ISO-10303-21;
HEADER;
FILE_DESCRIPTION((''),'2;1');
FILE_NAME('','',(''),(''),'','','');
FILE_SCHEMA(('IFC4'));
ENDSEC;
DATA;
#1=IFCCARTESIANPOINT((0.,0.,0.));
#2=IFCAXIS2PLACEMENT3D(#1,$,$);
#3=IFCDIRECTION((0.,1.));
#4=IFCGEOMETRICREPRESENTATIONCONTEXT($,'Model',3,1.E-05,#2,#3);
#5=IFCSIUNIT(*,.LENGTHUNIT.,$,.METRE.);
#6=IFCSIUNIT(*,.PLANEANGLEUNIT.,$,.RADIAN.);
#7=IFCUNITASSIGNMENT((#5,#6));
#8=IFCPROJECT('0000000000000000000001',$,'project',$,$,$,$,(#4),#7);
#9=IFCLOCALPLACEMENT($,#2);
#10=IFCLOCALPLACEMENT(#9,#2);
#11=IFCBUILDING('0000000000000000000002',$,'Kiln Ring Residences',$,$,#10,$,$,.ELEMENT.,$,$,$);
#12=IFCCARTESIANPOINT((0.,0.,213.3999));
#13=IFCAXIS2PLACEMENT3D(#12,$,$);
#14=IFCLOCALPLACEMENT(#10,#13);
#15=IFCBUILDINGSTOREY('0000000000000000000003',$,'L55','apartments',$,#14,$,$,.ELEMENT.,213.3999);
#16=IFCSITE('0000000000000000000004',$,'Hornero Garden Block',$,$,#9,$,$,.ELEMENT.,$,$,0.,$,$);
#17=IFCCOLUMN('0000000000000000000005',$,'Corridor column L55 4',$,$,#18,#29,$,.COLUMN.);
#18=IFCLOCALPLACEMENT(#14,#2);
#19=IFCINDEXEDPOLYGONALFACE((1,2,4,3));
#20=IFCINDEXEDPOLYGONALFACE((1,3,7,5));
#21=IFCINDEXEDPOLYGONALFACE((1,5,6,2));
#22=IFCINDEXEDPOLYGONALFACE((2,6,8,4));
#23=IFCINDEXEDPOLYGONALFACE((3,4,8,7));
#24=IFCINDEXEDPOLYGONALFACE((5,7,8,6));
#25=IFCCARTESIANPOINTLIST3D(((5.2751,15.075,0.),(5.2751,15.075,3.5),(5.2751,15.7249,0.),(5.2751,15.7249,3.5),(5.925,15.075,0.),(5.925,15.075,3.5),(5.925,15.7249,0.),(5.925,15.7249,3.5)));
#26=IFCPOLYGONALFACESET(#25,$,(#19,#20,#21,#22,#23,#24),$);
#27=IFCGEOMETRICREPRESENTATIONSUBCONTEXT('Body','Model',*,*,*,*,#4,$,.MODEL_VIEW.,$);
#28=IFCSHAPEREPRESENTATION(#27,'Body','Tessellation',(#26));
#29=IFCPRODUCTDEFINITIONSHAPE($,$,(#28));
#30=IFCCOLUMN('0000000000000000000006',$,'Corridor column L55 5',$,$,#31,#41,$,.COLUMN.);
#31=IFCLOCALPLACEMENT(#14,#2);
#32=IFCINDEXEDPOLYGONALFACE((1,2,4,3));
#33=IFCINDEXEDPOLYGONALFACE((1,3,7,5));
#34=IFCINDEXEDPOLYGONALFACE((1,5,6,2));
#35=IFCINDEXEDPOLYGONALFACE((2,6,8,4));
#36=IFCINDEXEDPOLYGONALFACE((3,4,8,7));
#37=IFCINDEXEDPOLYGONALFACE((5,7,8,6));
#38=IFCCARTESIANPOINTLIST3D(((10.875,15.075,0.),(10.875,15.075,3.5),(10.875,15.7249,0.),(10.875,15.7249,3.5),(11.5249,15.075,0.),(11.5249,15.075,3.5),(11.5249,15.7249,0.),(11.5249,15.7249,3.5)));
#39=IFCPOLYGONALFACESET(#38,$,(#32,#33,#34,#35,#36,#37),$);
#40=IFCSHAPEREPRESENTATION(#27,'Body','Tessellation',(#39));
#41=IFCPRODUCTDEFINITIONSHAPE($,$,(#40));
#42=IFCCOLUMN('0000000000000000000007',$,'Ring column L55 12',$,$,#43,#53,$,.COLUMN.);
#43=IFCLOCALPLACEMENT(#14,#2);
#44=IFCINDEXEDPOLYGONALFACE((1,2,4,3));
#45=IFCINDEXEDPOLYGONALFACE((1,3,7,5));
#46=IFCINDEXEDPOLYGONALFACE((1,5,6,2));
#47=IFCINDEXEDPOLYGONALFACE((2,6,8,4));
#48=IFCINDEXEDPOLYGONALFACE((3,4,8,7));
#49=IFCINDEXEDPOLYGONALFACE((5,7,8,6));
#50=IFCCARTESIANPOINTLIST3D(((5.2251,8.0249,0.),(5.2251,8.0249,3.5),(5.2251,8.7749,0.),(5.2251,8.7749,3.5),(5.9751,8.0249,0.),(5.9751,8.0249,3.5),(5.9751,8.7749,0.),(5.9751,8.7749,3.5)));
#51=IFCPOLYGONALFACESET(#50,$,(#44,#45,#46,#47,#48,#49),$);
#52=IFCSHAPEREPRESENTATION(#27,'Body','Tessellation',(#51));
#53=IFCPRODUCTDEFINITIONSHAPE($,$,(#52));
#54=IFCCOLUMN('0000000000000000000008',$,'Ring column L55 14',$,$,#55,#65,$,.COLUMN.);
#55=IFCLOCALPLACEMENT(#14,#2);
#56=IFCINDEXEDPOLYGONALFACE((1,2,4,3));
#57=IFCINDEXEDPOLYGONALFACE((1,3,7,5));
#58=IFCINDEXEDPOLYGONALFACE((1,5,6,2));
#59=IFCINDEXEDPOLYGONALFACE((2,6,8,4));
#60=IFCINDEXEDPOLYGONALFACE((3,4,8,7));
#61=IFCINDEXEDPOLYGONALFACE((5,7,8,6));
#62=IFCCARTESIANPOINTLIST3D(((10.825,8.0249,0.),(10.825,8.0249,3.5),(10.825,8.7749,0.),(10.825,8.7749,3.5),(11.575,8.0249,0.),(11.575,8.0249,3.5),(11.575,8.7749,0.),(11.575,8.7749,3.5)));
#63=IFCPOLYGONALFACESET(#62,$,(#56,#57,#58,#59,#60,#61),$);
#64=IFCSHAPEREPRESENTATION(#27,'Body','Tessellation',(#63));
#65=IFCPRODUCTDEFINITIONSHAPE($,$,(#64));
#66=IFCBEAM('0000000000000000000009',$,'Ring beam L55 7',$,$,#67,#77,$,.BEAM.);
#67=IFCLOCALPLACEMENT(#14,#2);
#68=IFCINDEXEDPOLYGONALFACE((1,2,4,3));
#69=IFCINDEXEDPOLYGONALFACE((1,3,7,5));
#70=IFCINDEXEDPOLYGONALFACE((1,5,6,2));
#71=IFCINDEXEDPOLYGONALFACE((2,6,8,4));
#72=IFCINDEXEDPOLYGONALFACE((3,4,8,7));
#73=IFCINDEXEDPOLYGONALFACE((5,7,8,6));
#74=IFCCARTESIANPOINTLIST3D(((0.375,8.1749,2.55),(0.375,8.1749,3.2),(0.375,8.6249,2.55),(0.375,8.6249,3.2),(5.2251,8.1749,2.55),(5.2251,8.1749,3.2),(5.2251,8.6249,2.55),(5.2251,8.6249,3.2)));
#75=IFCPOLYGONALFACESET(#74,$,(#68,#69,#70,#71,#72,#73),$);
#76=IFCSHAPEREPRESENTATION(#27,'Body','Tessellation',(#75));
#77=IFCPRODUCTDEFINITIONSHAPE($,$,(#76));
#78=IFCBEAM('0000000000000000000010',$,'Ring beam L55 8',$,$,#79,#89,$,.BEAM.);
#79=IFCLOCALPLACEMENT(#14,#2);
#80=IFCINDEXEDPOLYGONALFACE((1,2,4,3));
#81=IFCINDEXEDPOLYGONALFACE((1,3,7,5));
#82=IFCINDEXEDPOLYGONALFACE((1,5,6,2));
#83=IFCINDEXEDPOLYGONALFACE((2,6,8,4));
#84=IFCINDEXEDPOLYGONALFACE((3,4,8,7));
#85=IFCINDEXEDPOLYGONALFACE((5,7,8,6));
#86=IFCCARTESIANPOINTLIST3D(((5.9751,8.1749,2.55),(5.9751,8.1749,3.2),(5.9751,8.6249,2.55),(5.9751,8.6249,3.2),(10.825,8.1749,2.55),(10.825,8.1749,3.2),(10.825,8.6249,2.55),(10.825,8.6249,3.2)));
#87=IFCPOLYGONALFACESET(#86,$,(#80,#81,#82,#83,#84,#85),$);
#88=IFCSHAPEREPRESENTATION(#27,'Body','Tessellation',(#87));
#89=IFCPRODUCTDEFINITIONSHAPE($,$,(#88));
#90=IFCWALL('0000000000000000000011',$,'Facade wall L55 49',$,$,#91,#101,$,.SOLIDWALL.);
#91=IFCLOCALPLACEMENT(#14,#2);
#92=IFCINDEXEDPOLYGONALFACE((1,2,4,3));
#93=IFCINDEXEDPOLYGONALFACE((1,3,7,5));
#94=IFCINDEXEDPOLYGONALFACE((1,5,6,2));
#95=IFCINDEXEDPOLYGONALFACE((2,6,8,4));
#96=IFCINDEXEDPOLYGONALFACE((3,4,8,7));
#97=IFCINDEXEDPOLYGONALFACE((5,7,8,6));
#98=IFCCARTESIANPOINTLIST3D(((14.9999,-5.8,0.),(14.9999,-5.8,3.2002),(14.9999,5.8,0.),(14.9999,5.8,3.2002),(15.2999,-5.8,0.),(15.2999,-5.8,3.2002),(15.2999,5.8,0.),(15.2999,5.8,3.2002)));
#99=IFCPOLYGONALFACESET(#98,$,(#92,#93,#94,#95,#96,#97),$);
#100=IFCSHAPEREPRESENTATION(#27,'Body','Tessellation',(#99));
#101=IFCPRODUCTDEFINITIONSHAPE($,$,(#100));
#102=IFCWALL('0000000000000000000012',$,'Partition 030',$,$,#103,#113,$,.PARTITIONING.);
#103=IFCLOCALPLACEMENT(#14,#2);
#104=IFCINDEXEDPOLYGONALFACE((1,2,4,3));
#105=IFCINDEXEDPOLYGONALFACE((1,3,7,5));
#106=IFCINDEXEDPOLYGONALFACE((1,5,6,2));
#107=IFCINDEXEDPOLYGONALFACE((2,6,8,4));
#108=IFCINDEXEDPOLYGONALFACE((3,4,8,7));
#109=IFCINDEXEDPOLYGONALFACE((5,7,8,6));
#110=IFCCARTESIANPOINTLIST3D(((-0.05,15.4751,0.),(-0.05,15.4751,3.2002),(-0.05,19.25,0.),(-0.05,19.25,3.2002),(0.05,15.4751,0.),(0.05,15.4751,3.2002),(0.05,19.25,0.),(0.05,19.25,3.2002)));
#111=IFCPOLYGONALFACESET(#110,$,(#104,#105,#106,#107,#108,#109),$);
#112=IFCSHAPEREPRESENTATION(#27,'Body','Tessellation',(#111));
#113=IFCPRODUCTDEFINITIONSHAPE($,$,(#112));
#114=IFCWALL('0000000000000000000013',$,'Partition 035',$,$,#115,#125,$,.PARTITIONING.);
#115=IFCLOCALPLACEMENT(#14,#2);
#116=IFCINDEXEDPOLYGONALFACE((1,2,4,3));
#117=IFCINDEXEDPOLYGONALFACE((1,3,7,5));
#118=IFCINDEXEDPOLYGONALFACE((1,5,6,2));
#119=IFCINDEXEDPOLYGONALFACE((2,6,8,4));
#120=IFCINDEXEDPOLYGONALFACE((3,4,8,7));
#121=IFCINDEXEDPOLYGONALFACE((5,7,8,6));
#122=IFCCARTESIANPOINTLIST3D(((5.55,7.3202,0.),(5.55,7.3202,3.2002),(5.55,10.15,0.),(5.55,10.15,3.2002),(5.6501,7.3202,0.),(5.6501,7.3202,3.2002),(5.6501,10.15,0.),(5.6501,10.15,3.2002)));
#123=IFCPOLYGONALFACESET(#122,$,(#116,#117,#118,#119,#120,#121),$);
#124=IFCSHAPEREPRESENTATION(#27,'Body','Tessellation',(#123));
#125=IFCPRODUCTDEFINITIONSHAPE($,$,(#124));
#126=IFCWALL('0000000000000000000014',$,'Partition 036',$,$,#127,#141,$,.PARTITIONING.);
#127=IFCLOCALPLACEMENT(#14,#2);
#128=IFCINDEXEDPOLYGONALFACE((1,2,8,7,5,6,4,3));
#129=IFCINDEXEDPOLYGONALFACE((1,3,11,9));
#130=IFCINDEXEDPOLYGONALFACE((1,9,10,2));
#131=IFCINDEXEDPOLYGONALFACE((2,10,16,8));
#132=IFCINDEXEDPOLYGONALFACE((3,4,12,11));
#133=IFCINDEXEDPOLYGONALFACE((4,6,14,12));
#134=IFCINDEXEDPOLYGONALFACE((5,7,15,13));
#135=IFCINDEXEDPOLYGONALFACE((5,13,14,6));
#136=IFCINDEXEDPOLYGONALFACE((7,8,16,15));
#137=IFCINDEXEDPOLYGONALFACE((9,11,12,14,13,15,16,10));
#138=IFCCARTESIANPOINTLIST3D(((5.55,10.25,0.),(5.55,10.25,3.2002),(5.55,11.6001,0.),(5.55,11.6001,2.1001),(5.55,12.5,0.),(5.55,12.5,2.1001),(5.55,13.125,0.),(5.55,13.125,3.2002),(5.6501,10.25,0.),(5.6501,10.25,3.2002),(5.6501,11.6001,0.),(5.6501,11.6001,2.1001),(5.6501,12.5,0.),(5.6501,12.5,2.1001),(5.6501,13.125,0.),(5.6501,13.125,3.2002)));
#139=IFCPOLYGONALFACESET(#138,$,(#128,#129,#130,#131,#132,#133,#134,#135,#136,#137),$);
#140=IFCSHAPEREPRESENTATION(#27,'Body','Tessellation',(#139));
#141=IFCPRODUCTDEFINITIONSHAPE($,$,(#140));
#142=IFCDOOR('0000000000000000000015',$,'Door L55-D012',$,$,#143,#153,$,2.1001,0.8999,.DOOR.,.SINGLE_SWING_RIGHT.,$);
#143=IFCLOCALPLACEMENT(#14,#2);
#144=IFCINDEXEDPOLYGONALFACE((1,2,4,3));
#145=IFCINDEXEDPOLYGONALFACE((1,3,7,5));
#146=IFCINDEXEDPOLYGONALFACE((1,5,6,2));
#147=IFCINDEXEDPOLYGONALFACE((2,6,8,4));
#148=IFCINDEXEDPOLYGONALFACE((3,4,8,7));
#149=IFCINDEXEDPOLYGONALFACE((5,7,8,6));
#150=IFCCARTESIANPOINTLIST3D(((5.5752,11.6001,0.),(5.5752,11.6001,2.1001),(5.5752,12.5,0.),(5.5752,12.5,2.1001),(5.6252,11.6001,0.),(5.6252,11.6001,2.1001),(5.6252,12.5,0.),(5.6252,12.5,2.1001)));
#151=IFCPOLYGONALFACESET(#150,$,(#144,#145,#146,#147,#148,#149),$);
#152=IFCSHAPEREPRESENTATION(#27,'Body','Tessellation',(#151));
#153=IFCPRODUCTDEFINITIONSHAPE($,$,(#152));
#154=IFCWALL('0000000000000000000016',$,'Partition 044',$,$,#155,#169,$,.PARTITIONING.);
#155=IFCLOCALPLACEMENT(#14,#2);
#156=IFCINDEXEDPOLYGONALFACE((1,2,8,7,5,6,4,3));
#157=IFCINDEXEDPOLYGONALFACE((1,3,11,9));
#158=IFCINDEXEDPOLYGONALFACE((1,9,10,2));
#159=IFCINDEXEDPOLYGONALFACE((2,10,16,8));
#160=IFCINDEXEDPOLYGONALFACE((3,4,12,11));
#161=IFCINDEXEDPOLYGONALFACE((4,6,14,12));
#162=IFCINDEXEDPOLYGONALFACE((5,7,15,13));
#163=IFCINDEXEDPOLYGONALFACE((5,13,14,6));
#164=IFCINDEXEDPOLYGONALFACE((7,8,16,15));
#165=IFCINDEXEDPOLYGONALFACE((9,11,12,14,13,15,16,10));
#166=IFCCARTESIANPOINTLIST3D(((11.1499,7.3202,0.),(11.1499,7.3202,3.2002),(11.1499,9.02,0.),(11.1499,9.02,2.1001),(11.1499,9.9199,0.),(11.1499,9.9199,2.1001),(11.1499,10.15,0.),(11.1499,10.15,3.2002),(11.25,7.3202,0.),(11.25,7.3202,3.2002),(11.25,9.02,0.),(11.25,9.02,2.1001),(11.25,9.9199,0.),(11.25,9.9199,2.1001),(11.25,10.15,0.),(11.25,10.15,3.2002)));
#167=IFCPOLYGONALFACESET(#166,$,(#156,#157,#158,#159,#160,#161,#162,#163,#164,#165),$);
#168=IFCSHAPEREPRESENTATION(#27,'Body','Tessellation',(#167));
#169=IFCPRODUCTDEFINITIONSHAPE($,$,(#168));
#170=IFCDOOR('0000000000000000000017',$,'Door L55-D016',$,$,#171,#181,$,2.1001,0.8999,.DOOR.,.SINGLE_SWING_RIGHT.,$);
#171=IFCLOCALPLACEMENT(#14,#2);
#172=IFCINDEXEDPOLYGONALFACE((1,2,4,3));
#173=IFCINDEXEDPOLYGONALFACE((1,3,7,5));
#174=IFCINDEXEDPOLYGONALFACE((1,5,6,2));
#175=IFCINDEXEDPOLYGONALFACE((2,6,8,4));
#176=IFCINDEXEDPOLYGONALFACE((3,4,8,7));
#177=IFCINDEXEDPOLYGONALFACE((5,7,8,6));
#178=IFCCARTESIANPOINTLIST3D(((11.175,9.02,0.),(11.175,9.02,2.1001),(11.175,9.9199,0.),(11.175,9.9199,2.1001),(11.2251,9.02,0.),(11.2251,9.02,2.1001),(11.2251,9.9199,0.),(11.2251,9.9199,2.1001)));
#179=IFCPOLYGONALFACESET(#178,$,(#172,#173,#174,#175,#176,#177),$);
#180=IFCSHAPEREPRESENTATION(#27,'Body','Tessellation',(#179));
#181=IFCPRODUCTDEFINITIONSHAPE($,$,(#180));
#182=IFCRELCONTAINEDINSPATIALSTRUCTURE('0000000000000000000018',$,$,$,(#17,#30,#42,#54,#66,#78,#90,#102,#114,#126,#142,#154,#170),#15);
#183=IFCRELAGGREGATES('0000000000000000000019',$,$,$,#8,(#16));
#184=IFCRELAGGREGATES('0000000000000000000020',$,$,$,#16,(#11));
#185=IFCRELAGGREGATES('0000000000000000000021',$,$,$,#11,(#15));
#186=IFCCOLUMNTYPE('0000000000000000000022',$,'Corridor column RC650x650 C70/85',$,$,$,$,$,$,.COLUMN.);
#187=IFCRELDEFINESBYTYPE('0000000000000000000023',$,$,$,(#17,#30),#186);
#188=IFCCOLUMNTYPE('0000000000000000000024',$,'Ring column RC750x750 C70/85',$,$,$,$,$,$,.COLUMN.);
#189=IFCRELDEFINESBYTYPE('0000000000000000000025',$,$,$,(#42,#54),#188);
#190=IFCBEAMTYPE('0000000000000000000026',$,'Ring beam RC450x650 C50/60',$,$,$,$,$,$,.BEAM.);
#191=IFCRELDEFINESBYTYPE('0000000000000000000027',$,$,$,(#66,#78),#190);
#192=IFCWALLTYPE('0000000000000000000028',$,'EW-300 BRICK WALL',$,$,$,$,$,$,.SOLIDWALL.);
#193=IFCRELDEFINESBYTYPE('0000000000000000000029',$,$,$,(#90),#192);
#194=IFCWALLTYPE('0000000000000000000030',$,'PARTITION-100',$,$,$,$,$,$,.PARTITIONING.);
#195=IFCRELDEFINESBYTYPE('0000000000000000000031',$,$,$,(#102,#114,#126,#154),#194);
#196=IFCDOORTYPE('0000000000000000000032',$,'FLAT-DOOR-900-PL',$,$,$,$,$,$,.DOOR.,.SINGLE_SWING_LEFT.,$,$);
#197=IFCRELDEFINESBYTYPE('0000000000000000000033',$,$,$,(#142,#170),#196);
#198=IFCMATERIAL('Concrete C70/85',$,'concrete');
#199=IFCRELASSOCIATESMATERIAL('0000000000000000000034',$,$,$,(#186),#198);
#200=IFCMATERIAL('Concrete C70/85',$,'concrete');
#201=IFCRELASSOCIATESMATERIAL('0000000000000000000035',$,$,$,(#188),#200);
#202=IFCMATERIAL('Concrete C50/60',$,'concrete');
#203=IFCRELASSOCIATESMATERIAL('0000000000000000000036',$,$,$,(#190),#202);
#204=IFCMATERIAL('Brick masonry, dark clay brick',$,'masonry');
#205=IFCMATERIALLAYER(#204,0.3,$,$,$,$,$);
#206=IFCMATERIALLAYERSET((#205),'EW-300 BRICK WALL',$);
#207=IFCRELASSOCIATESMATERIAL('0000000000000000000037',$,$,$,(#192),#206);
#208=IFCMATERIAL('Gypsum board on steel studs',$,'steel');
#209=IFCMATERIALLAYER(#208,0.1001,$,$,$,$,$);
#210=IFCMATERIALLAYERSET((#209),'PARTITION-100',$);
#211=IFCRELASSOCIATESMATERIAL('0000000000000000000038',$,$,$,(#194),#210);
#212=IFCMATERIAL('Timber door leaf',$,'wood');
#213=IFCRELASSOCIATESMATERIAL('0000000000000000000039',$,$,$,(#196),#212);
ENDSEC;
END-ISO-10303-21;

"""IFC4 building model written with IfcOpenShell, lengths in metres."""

from ifc_helpers import new_model, si_unit, direction, frame, frame_2d, origin, origin_2d, place, context, subcontext, project, spatial, rectangle, extrude, material, layer, layer_set, material_profile, profile_set, type_object, element, fill, save


model = new_model("IFC4")

# Units and contexts
model_context = context("Model", 3, precision=1e-05, world=origin(), true_north=direction((0.0, 1.0)))
body_context = subcontext(model_context, "Body", "Model", "MODEL_VIEW")
ifc_project = project(units=[si_unit("LENGTHUNIT", "METRE"), si_unit("PLANEANGLEUNIT", "RADIAN")], contexts=[model_context])

# Site, building, storey
site_placement = place(None, origin())
site = spatial("IfcSite", under=ifc_project, at=site_placement, Name="Hornero Garden Block", CompositionType="ELEMENT", RefElevation=0.0)
building_placement = place(site_placement, origin())
building = spatial("IfcBuilding", under=site, at=building_placement, Name="Kiln Ring Residences", CompositionType="ELEMENT")
storey_placement = place(building_placement, frame((0.0, 0.0, 213.3999)))
storey = spatial("IfcBuildingStorey", under=building, at=storey_placement, Name="L55", Description="apartments", CompositionType="ELEMENT", Elevation=213.3999)

# Columns
ifc_material_1 = material(Name="Concrete C70/85", Category="concrete")
ifc_material_profile_1 = material_profile(ifc_material_1, rectangle(XDim=0.6499, YDim=0.6499, at=origin_2d()), Name="RC650x650")
ifc_profile_set_1 = profile_set([ifc_material_profile_1], Name="Concrete C70/85")
column_type_1 = type_object("IfcColumnType", Name="Corridor column RC650x650 C70/85", PredefinedType="COLUMN", material=ifc_profile_set_1)
for number, where, z_axis, x_axis, name in (
    (1, (5.6001, 15.3999, 0.0), (0.0, 0.0, 1.0), (1.0, 0.0, 0.0), "Corridor column L55 4"),
    (2, (11.2, 15.3999, 0.0), (0.0, 0.0, 1.0), (1.0, 0.0, 0.0), "Corridor column L55 5"),
):
    element("IfcColumn", number, at=place(storey_placement, frame(where, z_axis=z_axis, x_axis=x_axis)), inside=storey, type_object=column_type_1, Name=name, PredefinedType="COLUMN", context=body_context, shape_type="SweptSolid", body=[
        extrude(rectangle(XDim=0.6499, YDim=0.6499, at=origin_2d()), origin(), (0.0, 0.0, 1.0), 3.5),
    ])
ifc_material_2 = material(Name="Concrete C70/85", Category="concrete")
ifc_material_profile_2 = material_profile(ifc_material_2, rectangle(XDim=0.75, YDim=0.75, at=origin_2d()), Name="RC750x750")
ifc_profile_set_2 = profile_set([ifc_material_profile_2], Name="Concrete C70/85")
column_type_2 = type_object("IfcColumnType", Name="Ring column RC750x750 C70/85", PredefinedType="COLUMN", material=ifc_profile_set_2)
for number, where, z_axis, x_axis, name in (
    (3, (5.6001, 8.3999, 0.0), (0.0, 0.0, 1.0), (1.0, 0.0, 0.0), "Ring column L55 12"),
    (4, (11.2, 8.3999, 0.0), (0.0, 0.0, 1.0), (1.0, 0.0, 0.0), "Ring column L55 14"),
):
    element("IfcColumn", number, at=place(storey_placement, frame(where, z_axis=z_axis, x_axis=x_axis)), inside=storey, type_object=column_type_2, Name=name, PredefinedType="COLUMN", context=body_context, shape_type="SweptSolid", body=[
        extrude(rectangle(XDim=0.75, YDim=0.75, at=origin_2d()), origin(), (0.0, 0.0, 1.0), 3.5),
    ])

# Beams
ifc_material_3 = material(Name="Concrete C50/60", Category="concrete")
ifc_material_profile_3 = material_profile(ifc_material_3, rectangle(XDim=0.45, YDim=0.6499, at=origin_2d()), Name="RC450x650")
ifc_profile_set_3 = profile_set([ifc_material_profile_3], Name="Concrete C50/60")
beam_type = type_object("IfcBeamType", Name="Ring beam RC450x650 C50/60", PredefinedType="BEAM", material=ifc_profile_set_3)
beam_1_placement = place(storey_placement, frame((0.375, 8.3999, 2.875), z_axis=(1.0, 0.0, 0.0), x_axis=(0.0, 1.0, 0.0)))
element("IfcBeam", 5, at=beam_1_placement, inside=storey, type_object=beam_type, Name="Ring beam L55 7", PredefinedType="BEAM", context=body_context, shape_type="SweptSolid", body=[
    extrude(rectangle(XDim=0.45, YDim=0.6499, at=origin_2d()), origin(), (0.0, 0.0, 1.0), 4.8501),
])
beam_2_placement = place(storey_placement, frame((5.9751, 8.3999, 2.875), z_axis=(1.0, 0.0, 0.0), x_axis=(0.0, 1.0, 0.0)))
element("IfcBeam", 6, at=beam_2_placement, inside=storey, type_object=beam_type, Name="Ring beam L55 8", PredefinedType="BEAM", context=body_context, shape_type="SweptSolid", body=[
    extrude(rectangle(XDim=0.45, YDim=0.6499, at=origin_2d()), origin(), (0.0, 0.0, 1.0), 4.8499),
])

# Walls
ifc_material_4 = material(Name="Brick masonry, dark clay brick", Category="masonry")
ifc_layer_1 = layer(ifc_material_4, 0.3)
ifc_layer_set_1 = layer_set([ifc_layer_1], Name="EW-300 BRICK WALL")
wall_type_1 = type_object("IfcWallType", Name="EW-300 BRICK WALL", PredefinedType="SOLIDWALL", material=ifc_layer_set_1)
wall_1_placement = place(storey_placement, frame((15.1499, 5.8, 0.0), z_axis=(0.0, 0.0, 1.0), x_axis=(0.0, -1.0, 0.0)))
element("IfcWall", 7, at=wall_1_placement, inside=storey, type_object=wall_type_1, Name="Facade wall L55 49", PredefinedType="SOLIDWALL", context=body_context, shape_type="SweptSolid", body=[
    extrude(rectangle(XDim=11.6001, YDim=0.3, at=frame_2d((5.8, 0.0))), origin(), (0.0, 0.0, 1.0), 3.2002),
])
ifc_material_5 = material(Name="Gypsum board on steel studs", Category="steel")
ifc_layer_2 = layer(ifc_material_5, 0.1001)
ifc_layer_set_2 = layer_set([ifc_layer_2], Name="PARTITION-100")
wall_type_2 = type_object("IfcWallType", Name="PARTITION-100", PredefinedType="PARTITIONING", material=ifc_layer_set_2)
wall_2_placement = place(storey_placement, frame((0.0, 15.4751, 0.0), z_axis=(0.0, 0.0, 1.0), x_axis=(0.0, 1.0, 0.0)))
element("IfcWall", 8, at=wall_2_placement, inside=storey, type_object=wall_type_2, Name="Partition 030", PredefinedType="PARTITIONING", context=body_context, shape_type="SweptSolid", body=[
    extrude(rectangle(XDim=3.7749, YDim=0.1001, at=frame_2d((1.8875, 0.0))), origin(), (0.0, 0.0, 1.0), 3.2002),
])
wall_3_placement = place(storey_placement, frame((5.6001, 7.3201, 0.0), z_axis=(0.0, 0.0, 1.0), x_axis=(0.0, 1.0, 0.0)))
element("IfcWall", 9, at=wall_3_placement, inside=storey, type_object=wall_type_2, Name="Partition 035", PredefinedType="PARTITIONING", context=body_context, shape_type="SweptSolid", body=[
    extrude(rectangle(XDim=2.8298, YDim=0.1001, at=frame_2d((1.415, 0.0))), origin(), (0.0, 0.0, 1.0), 3.2002),
])

# Walls, openings, doors
wall_4_placement = place(storey_placement, frame((5.6001, 10.25, 0.0), z_axis=(0.0, 0.0, 1.0), x_axis=(0.0, 1.0, 0.0)))
wall_4 = element("IfcWall", 10, at=wall_4_placement, inside=storey, type_object=wall_type_2, Name="Partition 036", PredefinedType="PARTITIONING", context=body_context, shape_type="SweptSolid", body=[
    extrude(rectangle(XDim=2.875, YDim=0.1001, at=frame_2d((1.4375, 0.0))), origin(), (0.0, 0.0, 1.0), 3.2002),
])
opening_1_placement = place(wall_4_placement, frame((1.3501, 0.0, 0.0)))
opening_1 = element("IfcOpeningElement", 11, at=opening_1_placement, cuts=wall_4, PredefinedType="OPENING", context=body_context, shape_type="SweptSolid", body=[
    extrude(rectangle(XDim=0.8999, YDim=2.1001, at=frame_2d((0.45, 1.05))), frame((0.0, 0.0601, 0.0), z_axis=(0.0, -1.0, 0.0), x_axis=(1.0, 0.0, 0.0)), (0.0, 0.0, 1.0), 0.1201),
])
ifc_material_6 = material(Name="Timber door leaf", Category="wood")
door_type_1 = type_object("IfcDoorType", Name="FLAT-DOOR-900-PL", OperationType="SINGLE_SWING_LEFT", PredefinedType="DOOR", material=ifc_material_6)
door_1_placement = place(opening_1_placement, origin())
door_1 = element("IfcDoor", 12, at=door_1_placement, inside=storey, type_object=door_type_1, Name="Door L55-D012", OperationType="SINGLE_SWING_RIGHT", OverallHeight=2.1001, OverallWidth=0.8999, PredefinedType="DOOR", context=body_context, shape_type="SweptSolid", body=[
    extrude(rectangle(XDim=0.8999, YDim=2.1001, at=frame_2d((0.45, 1.05))), frame((0.0, 0.0249, 0.0), z_axis=(0.0, -1.0, 0.0), x_axis=(1.0, 0.0, 0.0)), (0.0, 0.0, 1.0), 0.05),
])
fill(opening_1, door_1)
wall_5_placement = place(storey_placement, frame((11.2, 7.3201, 0.0), z_axis=(0.0, 0.0, 1.0), x_axis=(0.0, 1.0, 0.0)))
wall_5 = element("IfcWall", 13, at=wall_5_placement, inside=storey, type_object=wall_type_2, Name="Partition 044", PredefinedType="PARTITIONING", context=body_context, shape_type="SweptSolid", body=[
    extrude(rectangle(XDim=2.8298, YDim=0.1001, at=frame_2d((1.415, 0.0))), origin(), (0.0, 0.0, 1.0), 3.2002),
])
opening_2_placement = place(wall_5_placement, frame((1.7, 0.0, 0.0)))
opening_2 = element("IfcOpeningElement", 14, at=opening_2_placement, cuts=wall_5, PredefinedType="OPENING", context=body_context, shape_type="SweptSolid", body=[
    extrude(rectangle(XDim=0.8999, YDim=2.1001, at=frame_2d((0.45, 1.05))), frame((0.0, 0.0601, 0.0), z_axis=(0.0, -1.0, 0.0), x_axis=(1.0, 0.0, 0.0)), (0.0, 0.0, 1.0), 0.1201),
])
door_2_placement = place(opening_2_placement, origin())
door_2 = element("IfcDoor", 15, at=door_2_placement, inside=storey, type_object=door_type_1, Name="Door L55-D016", OperationType="SINGLE_SWING_RIGHT", OverallHeight=2.1001, OverallWidth=0.8999, PredefinedType="DOOR", context=body_context, shape_type="SweptSolid", body=[
    extrude(rectangle(XDim=0.8999, YDim=2.1001, at=frame_2d((0.45, 1.05))), frame((0.0, 0.0249, 0.0), z_axis=(0.0, -1.0, 0.0), x_axis=(1.0, 0.0, 0.0)), (0.0, 0.0, 1.0), 0.05),
])
fill(opening_2, door_2)

save(model, "model.ifc")
